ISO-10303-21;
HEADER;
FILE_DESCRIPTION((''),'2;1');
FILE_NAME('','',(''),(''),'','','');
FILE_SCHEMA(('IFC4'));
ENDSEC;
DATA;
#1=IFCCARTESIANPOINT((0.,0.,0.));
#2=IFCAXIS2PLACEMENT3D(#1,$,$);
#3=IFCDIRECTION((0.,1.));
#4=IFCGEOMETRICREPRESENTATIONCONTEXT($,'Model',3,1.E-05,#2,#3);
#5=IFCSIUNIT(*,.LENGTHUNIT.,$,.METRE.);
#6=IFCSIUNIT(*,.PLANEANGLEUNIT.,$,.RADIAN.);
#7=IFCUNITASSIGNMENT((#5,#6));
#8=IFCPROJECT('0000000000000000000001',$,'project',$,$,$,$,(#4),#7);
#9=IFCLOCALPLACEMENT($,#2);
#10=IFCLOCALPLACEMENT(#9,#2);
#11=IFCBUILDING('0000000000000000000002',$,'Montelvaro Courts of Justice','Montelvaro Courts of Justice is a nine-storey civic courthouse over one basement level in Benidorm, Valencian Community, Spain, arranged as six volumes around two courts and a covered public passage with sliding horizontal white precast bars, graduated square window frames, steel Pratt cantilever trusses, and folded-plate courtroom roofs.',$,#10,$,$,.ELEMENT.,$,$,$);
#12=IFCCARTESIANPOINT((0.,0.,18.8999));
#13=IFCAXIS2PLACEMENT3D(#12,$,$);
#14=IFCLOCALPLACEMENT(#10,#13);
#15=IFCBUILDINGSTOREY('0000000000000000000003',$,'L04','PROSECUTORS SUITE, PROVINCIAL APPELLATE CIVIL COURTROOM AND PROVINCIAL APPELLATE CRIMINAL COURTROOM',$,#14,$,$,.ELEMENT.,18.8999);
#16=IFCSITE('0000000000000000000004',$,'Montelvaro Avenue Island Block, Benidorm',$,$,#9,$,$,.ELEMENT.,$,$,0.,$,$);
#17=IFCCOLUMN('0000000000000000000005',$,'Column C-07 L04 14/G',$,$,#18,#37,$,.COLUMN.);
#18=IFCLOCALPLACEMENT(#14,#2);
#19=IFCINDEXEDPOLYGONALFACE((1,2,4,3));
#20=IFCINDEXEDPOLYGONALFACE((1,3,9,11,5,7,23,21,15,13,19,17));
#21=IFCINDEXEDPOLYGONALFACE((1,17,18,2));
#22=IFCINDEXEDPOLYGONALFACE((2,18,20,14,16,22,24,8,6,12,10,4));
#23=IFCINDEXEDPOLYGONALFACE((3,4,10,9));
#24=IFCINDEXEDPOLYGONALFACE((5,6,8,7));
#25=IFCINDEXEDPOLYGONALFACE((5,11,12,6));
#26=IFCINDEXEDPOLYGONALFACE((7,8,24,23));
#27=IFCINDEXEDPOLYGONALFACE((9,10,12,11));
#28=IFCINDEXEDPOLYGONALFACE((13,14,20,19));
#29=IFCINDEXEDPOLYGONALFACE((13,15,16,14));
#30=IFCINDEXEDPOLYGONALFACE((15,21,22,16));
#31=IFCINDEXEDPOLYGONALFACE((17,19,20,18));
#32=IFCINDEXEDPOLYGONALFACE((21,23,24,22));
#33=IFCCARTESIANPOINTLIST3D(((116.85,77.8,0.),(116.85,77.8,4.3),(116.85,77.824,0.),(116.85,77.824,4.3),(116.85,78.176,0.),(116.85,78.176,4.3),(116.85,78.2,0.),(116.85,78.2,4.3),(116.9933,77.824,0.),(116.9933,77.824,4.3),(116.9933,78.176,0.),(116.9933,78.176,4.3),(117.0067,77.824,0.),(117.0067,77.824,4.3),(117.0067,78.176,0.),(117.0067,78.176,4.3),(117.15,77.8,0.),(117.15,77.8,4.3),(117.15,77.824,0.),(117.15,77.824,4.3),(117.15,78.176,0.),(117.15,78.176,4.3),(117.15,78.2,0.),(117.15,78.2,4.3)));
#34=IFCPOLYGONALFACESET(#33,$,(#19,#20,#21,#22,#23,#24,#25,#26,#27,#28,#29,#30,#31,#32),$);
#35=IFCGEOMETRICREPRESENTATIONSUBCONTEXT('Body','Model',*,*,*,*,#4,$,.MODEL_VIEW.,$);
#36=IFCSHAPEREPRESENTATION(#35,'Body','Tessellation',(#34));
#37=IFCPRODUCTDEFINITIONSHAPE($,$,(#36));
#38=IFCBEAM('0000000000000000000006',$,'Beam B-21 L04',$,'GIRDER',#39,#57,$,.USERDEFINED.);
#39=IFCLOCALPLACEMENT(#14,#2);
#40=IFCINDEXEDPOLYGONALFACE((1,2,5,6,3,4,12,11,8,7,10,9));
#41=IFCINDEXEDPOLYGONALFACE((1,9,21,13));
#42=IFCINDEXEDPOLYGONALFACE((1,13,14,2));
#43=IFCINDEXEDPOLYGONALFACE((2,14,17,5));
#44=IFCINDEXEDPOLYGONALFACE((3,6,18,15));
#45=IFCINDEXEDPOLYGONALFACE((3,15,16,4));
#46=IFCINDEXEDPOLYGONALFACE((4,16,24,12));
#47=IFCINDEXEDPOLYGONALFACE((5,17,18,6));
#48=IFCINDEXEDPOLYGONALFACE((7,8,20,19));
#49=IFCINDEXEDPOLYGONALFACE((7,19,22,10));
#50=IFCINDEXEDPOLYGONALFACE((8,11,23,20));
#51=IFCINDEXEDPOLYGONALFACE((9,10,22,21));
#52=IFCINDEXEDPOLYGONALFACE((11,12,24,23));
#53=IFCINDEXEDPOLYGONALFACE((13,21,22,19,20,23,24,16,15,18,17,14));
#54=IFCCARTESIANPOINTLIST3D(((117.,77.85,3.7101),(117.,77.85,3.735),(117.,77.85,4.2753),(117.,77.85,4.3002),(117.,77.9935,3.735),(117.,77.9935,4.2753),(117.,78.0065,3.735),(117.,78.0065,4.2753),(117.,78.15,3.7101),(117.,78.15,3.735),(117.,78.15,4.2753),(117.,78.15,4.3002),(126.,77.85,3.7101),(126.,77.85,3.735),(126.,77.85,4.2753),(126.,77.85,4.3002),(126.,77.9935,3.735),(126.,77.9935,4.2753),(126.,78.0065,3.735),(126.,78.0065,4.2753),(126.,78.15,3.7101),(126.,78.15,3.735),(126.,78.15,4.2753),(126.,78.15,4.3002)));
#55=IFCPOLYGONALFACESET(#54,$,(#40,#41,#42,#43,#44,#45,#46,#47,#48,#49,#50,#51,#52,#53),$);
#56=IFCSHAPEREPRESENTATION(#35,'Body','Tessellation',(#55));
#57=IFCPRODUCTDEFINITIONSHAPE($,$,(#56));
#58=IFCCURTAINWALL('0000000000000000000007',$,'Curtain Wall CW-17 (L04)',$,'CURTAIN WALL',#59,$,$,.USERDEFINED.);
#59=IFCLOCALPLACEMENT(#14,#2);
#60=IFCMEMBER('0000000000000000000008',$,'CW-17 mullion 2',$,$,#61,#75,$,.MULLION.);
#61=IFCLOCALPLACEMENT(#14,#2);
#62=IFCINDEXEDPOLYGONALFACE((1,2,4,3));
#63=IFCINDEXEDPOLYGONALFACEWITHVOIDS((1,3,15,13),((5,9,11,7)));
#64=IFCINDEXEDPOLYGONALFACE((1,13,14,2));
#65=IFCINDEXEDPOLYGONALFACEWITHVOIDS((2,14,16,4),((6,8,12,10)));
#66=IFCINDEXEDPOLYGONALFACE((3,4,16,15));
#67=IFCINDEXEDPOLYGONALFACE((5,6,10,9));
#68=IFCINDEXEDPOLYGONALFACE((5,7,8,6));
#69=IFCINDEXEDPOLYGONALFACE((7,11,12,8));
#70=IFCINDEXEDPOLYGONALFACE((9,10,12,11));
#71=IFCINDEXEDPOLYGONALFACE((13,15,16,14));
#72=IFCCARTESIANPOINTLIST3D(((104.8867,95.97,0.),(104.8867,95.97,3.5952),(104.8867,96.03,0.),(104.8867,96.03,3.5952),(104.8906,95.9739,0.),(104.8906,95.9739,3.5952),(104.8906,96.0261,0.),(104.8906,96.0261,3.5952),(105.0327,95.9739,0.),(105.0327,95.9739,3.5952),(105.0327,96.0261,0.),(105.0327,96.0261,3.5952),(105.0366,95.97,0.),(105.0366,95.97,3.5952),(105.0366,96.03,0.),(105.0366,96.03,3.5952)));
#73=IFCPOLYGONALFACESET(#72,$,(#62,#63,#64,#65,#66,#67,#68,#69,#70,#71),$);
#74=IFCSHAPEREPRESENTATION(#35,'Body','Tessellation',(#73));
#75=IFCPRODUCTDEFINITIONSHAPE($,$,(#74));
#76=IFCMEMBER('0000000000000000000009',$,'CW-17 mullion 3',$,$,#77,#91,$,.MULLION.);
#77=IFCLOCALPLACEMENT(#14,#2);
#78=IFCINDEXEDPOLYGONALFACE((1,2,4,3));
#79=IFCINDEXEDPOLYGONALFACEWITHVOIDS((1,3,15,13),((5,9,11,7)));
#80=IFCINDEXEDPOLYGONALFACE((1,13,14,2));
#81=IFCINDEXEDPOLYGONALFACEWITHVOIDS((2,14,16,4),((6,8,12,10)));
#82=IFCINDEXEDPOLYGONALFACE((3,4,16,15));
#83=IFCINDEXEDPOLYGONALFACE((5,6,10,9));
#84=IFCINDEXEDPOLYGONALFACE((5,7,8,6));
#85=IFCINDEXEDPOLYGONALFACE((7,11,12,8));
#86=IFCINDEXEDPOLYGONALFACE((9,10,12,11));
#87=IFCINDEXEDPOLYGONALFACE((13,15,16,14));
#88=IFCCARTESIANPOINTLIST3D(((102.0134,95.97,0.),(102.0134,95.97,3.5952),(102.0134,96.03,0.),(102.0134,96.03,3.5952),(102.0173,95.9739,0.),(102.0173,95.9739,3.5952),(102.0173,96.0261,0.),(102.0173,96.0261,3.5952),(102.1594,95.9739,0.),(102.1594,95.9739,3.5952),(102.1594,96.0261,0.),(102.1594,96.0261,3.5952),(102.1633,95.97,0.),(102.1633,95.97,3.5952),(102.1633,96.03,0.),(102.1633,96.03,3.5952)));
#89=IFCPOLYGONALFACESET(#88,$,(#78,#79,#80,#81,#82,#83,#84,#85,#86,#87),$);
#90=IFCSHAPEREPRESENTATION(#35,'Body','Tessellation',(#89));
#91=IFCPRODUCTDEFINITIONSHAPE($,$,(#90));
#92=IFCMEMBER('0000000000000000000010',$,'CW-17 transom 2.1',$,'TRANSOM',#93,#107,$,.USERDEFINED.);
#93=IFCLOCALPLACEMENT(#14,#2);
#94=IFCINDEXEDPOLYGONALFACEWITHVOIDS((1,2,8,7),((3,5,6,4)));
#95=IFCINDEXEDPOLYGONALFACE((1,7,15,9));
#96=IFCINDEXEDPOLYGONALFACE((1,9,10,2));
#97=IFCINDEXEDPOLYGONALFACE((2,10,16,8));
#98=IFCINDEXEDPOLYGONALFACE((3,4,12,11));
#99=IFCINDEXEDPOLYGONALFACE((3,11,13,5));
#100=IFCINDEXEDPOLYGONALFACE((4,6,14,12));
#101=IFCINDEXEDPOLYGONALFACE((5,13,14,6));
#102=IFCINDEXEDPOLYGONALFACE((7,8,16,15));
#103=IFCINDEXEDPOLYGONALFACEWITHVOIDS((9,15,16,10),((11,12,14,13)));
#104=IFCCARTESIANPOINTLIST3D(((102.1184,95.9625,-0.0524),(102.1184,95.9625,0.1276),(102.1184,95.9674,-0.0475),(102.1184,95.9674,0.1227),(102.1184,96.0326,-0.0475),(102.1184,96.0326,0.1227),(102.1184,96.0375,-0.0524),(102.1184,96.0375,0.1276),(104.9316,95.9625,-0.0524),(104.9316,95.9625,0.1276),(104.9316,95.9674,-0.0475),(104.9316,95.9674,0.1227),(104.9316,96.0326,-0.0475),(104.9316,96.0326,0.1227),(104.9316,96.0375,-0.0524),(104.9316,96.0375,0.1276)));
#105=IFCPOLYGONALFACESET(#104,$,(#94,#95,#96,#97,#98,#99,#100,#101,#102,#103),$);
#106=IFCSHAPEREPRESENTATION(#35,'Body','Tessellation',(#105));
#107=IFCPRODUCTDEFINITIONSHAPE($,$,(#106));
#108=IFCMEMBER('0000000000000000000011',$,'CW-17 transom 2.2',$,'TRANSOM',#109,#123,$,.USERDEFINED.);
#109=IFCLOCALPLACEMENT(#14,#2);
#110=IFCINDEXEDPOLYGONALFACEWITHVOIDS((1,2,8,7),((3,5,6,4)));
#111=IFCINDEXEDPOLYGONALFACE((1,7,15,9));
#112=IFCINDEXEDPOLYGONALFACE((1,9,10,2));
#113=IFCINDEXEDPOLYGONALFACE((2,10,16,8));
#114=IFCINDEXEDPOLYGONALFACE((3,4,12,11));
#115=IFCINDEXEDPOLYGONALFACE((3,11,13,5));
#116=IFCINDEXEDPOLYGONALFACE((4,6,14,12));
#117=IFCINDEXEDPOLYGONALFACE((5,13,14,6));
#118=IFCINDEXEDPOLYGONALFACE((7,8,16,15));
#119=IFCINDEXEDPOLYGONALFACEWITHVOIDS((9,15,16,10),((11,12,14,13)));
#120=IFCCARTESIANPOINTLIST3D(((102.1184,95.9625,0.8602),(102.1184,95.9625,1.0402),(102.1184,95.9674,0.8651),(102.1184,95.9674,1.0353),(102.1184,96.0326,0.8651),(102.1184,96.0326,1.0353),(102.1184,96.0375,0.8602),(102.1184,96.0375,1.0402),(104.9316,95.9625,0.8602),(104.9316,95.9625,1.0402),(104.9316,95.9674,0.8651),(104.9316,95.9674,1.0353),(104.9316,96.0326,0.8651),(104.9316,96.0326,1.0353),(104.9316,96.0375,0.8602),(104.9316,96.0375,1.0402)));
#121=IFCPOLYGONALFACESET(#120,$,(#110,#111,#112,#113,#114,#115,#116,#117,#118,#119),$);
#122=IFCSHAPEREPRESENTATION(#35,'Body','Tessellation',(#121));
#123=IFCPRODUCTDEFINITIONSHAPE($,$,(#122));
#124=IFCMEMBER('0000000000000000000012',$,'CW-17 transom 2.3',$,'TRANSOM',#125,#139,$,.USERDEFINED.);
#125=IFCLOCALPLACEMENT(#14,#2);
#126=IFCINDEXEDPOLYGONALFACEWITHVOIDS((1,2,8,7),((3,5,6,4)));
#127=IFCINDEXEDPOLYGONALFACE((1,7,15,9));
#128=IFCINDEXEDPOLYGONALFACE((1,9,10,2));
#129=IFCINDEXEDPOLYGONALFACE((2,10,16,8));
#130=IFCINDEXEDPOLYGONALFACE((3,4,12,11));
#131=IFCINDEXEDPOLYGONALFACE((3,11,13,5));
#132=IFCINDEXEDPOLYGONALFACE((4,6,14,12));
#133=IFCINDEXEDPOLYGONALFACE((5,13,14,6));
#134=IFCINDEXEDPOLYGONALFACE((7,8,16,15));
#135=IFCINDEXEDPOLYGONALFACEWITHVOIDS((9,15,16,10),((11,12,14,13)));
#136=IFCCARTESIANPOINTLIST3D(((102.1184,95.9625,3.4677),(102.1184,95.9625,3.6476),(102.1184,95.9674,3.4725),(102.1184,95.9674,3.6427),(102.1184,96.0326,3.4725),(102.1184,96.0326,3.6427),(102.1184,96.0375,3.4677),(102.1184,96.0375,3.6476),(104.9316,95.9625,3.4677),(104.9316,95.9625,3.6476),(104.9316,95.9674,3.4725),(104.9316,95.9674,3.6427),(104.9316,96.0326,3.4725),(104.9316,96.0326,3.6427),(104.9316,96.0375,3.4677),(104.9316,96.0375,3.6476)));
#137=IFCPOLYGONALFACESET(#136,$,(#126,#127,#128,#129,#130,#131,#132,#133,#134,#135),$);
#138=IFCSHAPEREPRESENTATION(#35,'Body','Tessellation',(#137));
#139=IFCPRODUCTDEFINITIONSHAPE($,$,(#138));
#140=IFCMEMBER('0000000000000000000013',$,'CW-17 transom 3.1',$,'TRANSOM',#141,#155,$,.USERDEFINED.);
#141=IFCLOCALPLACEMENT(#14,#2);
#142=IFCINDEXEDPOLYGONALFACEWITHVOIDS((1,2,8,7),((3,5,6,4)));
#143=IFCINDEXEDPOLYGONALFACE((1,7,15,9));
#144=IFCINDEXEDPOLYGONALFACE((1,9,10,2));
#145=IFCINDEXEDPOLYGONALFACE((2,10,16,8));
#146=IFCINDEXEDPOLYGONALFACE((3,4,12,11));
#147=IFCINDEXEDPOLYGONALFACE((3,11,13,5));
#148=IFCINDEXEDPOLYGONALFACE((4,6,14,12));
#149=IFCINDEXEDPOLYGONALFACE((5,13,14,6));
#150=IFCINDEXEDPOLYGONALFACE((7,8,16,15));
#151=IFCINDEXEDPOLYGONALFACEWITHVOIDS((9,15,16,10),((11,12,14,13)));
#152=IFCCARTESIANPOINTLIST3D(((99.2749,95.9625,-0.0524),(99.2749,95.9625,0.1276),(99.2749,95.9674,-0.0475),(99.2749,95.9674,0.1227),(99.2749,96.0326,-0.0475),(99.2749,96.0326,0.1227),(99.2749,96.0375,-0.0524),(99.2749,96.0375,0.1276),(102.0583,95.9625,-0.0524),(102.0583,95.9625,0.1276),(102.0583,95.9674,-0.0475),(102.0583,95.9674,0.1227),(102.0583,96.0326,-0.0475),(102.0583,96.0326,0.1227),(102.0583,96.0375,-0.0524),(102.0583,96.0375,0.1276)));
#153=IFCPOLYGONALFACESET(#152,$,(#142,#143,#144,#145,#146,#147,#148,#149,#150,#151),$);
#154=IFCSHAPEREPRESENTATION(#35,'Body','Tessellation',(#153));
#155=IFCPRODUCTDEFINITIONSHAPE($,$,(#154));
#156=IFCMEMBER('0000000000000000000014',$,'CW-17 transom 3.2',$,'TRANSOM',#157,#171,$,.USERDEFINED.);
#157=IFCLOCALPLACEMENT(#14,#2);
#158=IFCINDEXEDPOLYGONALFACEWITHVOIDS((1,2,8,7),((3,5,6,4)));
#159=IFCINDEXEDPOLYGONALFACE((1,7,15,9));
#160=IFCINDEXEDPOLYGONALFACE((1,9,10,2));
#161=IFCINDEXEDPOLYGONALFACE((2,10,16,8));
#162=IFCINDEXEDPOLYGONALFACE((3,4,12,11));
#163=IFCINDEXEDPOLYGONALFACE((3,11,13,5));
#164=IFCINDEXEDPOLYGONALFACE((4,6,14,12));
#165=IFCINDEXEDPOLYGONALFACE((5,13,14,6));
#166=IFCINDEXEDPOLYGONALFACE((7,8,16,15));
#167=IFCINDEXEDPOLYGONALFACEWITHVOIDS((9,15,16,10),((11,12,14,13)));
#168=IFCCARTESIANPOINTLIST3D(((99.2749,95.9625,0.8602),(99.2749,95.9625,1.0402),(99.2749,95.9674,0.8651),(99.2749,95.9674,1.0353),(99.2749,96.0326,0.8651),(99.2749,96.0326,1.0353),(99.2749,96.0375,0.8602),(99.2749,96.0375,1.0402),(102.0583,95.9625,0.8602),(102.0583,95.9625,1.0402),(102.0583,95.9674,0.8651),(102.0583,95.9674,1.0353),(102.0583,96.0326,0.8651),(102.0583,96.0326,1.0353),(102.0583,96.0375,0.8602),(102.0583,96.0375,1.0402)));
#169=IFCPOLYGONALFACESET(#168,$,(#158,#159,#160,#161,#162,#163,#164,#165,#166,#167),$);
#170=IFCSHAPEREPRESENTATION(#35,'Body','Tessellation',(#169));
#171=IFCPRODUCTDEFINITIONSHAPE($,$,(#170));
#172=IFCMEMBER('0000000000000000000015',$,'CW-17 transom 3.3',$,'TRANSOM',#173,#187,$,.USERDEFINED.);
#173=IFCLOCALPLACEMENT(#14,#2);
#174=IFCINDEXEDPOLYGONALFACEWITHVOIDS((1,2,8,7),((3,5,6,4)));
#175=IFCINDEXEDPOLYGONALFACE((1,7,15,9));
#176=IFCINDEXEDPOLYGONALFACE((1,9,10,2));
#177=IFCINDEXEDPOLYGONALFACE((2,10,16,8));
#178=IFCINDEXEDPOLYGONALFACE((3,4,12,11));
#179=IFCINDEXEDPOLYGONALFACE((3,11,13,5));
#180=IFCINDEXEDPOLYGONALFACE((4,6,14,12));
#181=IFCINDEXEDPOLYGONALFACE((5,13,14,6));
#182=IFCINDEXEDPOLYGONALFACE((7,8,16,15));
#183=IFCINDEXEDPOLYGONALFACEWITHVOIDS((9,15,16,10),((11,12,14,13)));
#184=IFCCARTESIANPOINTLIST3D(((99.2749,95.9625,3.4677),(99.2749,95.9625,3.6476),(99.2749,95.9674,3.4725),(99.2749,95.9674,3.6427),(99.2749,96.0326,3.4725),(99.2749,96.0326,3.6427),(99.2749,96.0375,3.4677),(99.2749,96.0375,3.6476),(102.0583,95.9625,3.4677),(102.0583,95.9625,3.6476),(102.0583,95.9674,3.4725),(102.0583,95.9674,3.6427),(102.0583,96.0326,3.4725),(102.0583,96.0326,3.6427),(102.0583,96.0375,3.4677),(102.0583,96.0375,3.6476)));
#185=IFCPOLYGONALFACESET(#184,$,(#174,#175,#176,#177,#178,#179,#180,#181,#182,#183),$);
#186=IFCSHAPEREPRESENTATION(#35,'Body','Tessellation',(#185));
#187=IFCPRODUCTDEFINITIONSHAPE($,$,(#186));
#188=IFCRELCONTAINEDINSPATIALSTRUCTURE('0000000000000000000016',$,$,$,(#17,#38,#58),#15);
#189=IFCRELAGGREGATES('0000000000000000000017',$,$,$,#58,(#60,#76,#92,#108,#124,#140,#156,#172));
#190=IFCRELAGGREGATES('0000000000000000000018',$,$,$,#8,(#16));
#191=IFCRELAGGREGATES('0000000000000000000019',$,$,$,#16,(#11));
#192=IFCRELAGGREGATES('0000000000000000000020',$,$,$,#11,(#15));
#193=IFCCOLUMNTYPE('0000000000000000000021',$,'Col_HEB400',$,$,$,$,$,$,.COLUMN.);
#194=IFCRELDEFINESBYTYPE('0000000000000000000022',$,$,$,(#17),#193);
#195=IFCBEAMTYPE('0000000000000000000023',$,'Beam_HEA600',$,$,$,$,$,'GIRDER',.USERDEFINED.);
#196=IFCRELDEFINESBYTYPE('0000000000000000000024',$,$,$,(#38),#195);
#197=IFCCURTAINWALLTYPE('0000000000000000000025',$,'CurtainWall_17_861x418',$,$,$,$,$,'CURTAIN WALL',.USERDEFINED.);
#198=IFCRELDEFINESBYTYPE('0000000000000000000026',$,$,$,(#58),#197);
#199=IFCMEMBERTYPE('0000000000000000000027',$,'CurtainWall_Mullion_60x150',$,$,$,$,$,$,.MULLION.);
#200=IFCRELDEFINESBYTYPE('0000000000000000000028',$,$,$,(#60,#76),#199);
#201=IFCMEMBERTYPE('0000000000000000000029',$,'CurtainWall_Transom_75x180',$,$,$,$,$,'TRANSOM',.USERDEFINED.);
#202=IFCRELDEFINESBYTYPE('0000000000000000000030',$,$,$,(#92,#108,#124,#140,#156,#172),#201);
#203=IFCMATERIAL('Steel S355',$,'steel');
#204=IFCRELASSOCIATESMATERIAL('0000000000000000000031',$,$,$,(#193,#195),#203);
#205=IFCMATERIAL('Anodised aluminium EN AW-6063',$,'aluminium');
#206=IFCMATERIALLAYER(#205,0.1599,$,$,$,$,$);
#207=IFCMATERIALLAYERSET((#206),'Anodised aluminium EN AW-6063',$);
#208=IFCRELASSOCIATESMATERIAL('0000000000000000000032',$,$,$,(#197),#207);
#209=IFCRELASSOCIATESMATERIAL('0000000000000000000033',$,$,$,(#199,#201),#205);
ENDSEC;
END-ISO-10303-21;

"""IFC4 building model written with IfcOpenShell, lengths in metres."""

from ifc_helpers import new_model, si_unit, direction, frame, origin, origin_2d, place, context, subcontext, project, spatial, hollow_rectangle, i_section, extrude, material, layer, layer_set, material_profile, profile_set, type_object, element, aggregate, save


model = new_model("IFC4")

# Units and contexts
model_context = context("Model", 3, precision=1e-05, world=origin(), true_north=direction((0.0, 1.0)))
body_context = subcontext(model_context, "Body", "Model", "MODEL_VIEW")
ifc_project = project(units=[si_unit("LENGTHUNIT", "METRE"), si_unit("PLANEANGLEUNIT", "RADIAN")], contexts=[model_context])

# Site, building, storey
site_placement = place(None, origin())
site = spatial("IfcSite", under=ifc_project, at=site_placement, Name="Montelvaro Avenue Island Block, Benidorm", CompositionType="ELEMENT", RefElevation=0.0)
building_placement = place(site_placement, origin())
building = spatial("IfcBuilding", under=site, at=building_placement, Name="Montelvaro Courts of Justice", Description="Montelvaro Courts of Justice is a nine-storey civic courthouse over one basement level in Benidorm, Valencian Community, Spain, arranged as six volumes around two courts and a covered public passage with sliding horizontal white precast bars, graduated square window frames, steel Pratt cantilever trusses, and folded-plate courtroom roofs.", CompositionType="ELEMENT")
storey_placement = place(building_placement, frame((0.0, 0.0, 18.8999)))
storey = spatial("IfcBuildingStorey", under=building, at=storey_placement, Name="L04", Description="PROSECUTORS SUITE, PROVINCIAL APPELLATE CIVIL COURTROOM AND PROVINCIAL APPELLATE CRIMINAL COURTROOM", CompositionType="ELEMENT", Elevation=18.8999)

# Column
ifc_material_1 = material(Name="Steel S355", Category="steel")
ifc_material_profile_1 = material_profile(ifc_material_1, i_section(OverallWidth=0.3, OverallDepth=0.3999, WebThickness=0.0134, FlangeThickness=0.0239, at=origin_2d()), Name="HEB 400")
ifc_profile_set_1 = profile_set([ifc_material_profile_1], Name="Steel S355")
column_type = type_object("IfcColumnType", Name="Col_HEB400", PredefinedType="COLUMN", material=ifc_profile_set_1)
column_placement = place(storey_placement, frame((117.0, 78.0, 0.0), z_axis=(0.0, 0.0, 1.0), x_axis=(1.0, 0.0, 0.0)))
element("IfcColumn", 1, at=column_placement, inside=storey, type_object=column_type, Name="Column C-07 L04 14/G", PredefinedType="COLUMN", context=body_context, shape_type="SweptSolid", body=[
    extrude(i_section(OverallWidth=0.3, OverallDepth=0.3999, WebThickness=0.0134, FlangeThickness=0.0239, at=origin_2d()), origin(), (0.0, 0.0, 1.0), 4.3),
])

# Beam
ifc_material_profile_2 = material_profile(ifc_material_1, i_section(OverallWidth=0.3, OverallDepth=0.5901, WebThickness=0.0129, FlangeThickness=0.0249, at=origin_2d()), Name="HEA 600")
ifc_profile_set_2 = profile_set([ifc_material_profile_2], Name="Steel S355")
beam_type = type_object("IfcBeamType", Name="Beam_HEA600", ElementType="GIRDER", PredefinedType="USERDEFINED", material=ifc_profile_set_2)
beam_placement = place(storey_placement, frame((117.0, 78.0, 4.0051), z_axis=(1.0, 0.0, 0.0), x_axis=(0.0, 1.0, 0.0)))
element("IfcBeam", 2, at=beam_placement, inside=storey, type_object=beam_type, Name="Beam B-21 L04", ObjectType="GIRDER", PredefinedType="USERDEFINED", context=body_context, shape_type="SweptSolid", body=[
    extrude(i_section(OverallWidth=0.3, OverallDepth=0.5901, WebThickness=0.0129, FlangeThickness=0.0249, at=origin_2d()), origin(), (0.0, 0.0, 1.0), 9.0),
])

# Curtain wall, members
ifc_material_2 = material(Name="Anodised aluminium EN AW-6063", Category="aluminium")
ifc_layer_1 = layer(ifc_material_2, 0.1599)
ifc_layer_set_1 = layer_set([ifc_layer_1], Name="Anodised aluminium EN AW-6063")
curtain_wall_type = type_object("IfcCurtainWallType", Name="CurtainWall_17_861x418", ElementType="CURTAIN WALL", PredefinedType="USERDEFINED", material=ifc_layer_set_1)
curtain_wall_placement = place(storey_placement, origin())
curtain_wall = element("IfcCurtainWall", 3, at=curtain_wall_placement, inside=storey, type_object=curtain_wall_type, Name="Curtain Wall CW-17 (L04)", ObjectType="CURTAIN WALL", PredefinedType="USERDEFINED")
ifc_material_profile_3 = material_profile(ifc_material_2, hollow_rectangle(XDim=0.0601, YDim=0.1499, WallThickness=0.0039, at=origin_2d()), Name="ALU-M 60x150")
ifc_profile_set_3 = profile_set([ifc_material_profile_3], Name="Anodised aluminium EN AW-6063")
member_type_1 = type_object("IfcMemberType", Name="CurtainWall_Mullion_60x150", PredefinedType="MULLION", material=ifc_profile_set_3)
member_1_placement = place(storey_placement, frame((104.9617, 96.0, 0.0), z_axis=(0.0, 0.0, 1.0), x_axis=(0.0, -1.0, 0.0)))
member_1 = element("IfcMember", 4, at=member_1_placement, type_object=member_type_1, Name="CW-17 mullion 2", PredefinedType="MULLION", context=body_context, shape_type="SweptSolid", body=[
    extrude(hollow_rectangle(XDim=0.0601, YDim=0.1499, WallThickness=0.0039, at=origin_2d()), origin(), (0.0, 0.0, 1.0), 3.5952),
])
member_2_placement = place(storey_placement, frame((102.0884, 96.0, 0.0), z_axis=(0.0, 0.0, 1.0), x_axis=(0.0, -1.0, 0.0)))
member_2 = element("IfcMember", 5, at=member_2_placement, type_object=member_type_1, Name="CW-17 mullion 3", PredefinedType="MULLION", context=body_context, shape_type="SweptSolid", body=[
    extrude(hollow_rectangle(XDim=0.0601, YDim=0.1499, WallThickness=0.0039, at=origin_2d()), origin(), (0.0, 0.0, 1.0), 3.5952),
])
ifc_material_profile_4 = material_profile(ifc_material_2, hollow_rectangle(XDim=0.075, YDim=0.1799, WallThickness=0.0049, at=origin_2d()), Name="ALU-T 75x180")
ifc_profile_set_4 = profile_set([ifc_material_profile_4], Name="Anodised aluminium EN AW-6063")
member_type_2 = type_object("IfcMemberType", Name="CurtainWall_Transom_75x180", ElementType="TRANSOM", PredefinedType="USERDEFINED", material=ifc_profile_set_4)
member_3_placement = place(storey_placement, frame((104.9316, 96.0, 0.0376), z_axis=(-1.0, 0.0, 0.0), x_axis=(0.0, -1.0, 0.0)))
member_3 = element("IfcMember", 6, at=member_3_placement, type_object=member_type_2, Name="CW-17 transom 2.1", ObjectType="TRANSOM", PredefinedType="USERDEFINED", context=body_context, shape_type="SweptSolid", body=[
    extrude(hollow_rectangle(XDim=0.075, YDim=0.1799, WallThickness=0.0049, at=origin_2d()), origin(), (0.0, 0.0, 1.0), 2.8132),
])
member_4_placement = place(storey_placement, frame((104.9316, 96.0, 0.9502), z_axis=(-1.0, 0.0, 0.0), x_axis=(0.0, -1.0, 0.0)))
member_4 = element("IfcMember", 7, at=member_4_placement, type_object=member_type_2, Name="CW-17 transom 2.2", ObjectType="TRANSOM", PredefinedType="USERDEFINED", context=body_context, shape_type="SweptSolid", body=[
    extrude(hollow_rectangle(XDim=0.075, YDim=0.1799, WallThickness=0.0049, at=origin_2d()), origin(), (0.0, 0.0, 1.0), 2.8132),
])
member_5_placement = place(storey_placement, frame((104.9316, 96.0, 3.5576), z_axis=(-1.0, 0.0, 0.0), x_axis=(0.0, -1.0, 0.0)))
member_5 = element("IfcMember", 8, at=member_5_placement, type_object=member_type_2, Name="CW-17 transom 2.3", ObjectType="TRANSOM", PredefinedType="USERDEFINED", context=body_context, shape_type="SweptSolid", body=[
    extrude(hollow_rectangle(XDim=0.075, YDim=0.1799, WallThickness=0.0049, at=origin_2d()), origin(), (0.0, 0.0, 1.0), 2.8132),
])
member_6_placement = place(storey_placement, frame((102.0583, 96.0, 0.0376), z_axis=(-1.0, 0.0, 0.0), x_axis=(0.0, -1.0, 0.0)))
member_6 = element("IfcMember", 9, at=member_6_placement, type_object=member_type_2, Name="CW-17 transom 3.1", ObjectType="TRANSOM", PredefinedType="USERDEFINED", context=body_context, shape_type="SweptSolid", body=[
    extrude(hollow_rectangle(XDim=0.075, YDim=0.1799, WallThickness=0.0049, at=origin_2d()), origin(), (0.0, 0.0, 1.0), 2.7834),
])
member_7_placement = place(storey_placement, frame((102.0583, 96.0, 0.9502), z_axis=(-1.0, 0.0, 0.0), x_axis=(0.0, -1.0, 0.0)))
member_7 = element("IfcMember", 10, at=member_7_placement, type_object=member_type_2, Name="CW-17 transom 3.2", ObjectType="TRANSOM", PredefinedType="USERDEFINED", context=body_context, shape_type="SweptSolid", body=[
    extrude(hollow_rectangle(XDim=0.075, YDim=0.1799, WallThickness=0.0049, at=origin_2d()), origin(), (0.0, 0.0, 1.0), 2.7834),
])
member_8_placement = place(storey_placement, frame((102.0583, 96.0, 3.5576), z_axis=(-1.0, 0.0, 0.0), x_axis=(0.0, -1.0, 0.0)))
member_8 = element("IfcMember", 11, at=member_8_placement, type_object=member_type_2, Name="CW-17 transom 3.3", ObjectType="TRANSOM", PredefinedType="USERDEFINED", context=body_context, shape_type="SweptSolid", body=[
    extrude(hollow_rectangle(XDim=0.075, YDim=0.1799, WallThickness=0.0049, at=origin_2d()), origin(), (0.0, 0.0, 1.0), 2.7834),
])
aggregate(curtain_wall, [member_1, member_2, member_3, member_4, member_5, member_6, member_7, member_8])

save(model, "model.ifc")
